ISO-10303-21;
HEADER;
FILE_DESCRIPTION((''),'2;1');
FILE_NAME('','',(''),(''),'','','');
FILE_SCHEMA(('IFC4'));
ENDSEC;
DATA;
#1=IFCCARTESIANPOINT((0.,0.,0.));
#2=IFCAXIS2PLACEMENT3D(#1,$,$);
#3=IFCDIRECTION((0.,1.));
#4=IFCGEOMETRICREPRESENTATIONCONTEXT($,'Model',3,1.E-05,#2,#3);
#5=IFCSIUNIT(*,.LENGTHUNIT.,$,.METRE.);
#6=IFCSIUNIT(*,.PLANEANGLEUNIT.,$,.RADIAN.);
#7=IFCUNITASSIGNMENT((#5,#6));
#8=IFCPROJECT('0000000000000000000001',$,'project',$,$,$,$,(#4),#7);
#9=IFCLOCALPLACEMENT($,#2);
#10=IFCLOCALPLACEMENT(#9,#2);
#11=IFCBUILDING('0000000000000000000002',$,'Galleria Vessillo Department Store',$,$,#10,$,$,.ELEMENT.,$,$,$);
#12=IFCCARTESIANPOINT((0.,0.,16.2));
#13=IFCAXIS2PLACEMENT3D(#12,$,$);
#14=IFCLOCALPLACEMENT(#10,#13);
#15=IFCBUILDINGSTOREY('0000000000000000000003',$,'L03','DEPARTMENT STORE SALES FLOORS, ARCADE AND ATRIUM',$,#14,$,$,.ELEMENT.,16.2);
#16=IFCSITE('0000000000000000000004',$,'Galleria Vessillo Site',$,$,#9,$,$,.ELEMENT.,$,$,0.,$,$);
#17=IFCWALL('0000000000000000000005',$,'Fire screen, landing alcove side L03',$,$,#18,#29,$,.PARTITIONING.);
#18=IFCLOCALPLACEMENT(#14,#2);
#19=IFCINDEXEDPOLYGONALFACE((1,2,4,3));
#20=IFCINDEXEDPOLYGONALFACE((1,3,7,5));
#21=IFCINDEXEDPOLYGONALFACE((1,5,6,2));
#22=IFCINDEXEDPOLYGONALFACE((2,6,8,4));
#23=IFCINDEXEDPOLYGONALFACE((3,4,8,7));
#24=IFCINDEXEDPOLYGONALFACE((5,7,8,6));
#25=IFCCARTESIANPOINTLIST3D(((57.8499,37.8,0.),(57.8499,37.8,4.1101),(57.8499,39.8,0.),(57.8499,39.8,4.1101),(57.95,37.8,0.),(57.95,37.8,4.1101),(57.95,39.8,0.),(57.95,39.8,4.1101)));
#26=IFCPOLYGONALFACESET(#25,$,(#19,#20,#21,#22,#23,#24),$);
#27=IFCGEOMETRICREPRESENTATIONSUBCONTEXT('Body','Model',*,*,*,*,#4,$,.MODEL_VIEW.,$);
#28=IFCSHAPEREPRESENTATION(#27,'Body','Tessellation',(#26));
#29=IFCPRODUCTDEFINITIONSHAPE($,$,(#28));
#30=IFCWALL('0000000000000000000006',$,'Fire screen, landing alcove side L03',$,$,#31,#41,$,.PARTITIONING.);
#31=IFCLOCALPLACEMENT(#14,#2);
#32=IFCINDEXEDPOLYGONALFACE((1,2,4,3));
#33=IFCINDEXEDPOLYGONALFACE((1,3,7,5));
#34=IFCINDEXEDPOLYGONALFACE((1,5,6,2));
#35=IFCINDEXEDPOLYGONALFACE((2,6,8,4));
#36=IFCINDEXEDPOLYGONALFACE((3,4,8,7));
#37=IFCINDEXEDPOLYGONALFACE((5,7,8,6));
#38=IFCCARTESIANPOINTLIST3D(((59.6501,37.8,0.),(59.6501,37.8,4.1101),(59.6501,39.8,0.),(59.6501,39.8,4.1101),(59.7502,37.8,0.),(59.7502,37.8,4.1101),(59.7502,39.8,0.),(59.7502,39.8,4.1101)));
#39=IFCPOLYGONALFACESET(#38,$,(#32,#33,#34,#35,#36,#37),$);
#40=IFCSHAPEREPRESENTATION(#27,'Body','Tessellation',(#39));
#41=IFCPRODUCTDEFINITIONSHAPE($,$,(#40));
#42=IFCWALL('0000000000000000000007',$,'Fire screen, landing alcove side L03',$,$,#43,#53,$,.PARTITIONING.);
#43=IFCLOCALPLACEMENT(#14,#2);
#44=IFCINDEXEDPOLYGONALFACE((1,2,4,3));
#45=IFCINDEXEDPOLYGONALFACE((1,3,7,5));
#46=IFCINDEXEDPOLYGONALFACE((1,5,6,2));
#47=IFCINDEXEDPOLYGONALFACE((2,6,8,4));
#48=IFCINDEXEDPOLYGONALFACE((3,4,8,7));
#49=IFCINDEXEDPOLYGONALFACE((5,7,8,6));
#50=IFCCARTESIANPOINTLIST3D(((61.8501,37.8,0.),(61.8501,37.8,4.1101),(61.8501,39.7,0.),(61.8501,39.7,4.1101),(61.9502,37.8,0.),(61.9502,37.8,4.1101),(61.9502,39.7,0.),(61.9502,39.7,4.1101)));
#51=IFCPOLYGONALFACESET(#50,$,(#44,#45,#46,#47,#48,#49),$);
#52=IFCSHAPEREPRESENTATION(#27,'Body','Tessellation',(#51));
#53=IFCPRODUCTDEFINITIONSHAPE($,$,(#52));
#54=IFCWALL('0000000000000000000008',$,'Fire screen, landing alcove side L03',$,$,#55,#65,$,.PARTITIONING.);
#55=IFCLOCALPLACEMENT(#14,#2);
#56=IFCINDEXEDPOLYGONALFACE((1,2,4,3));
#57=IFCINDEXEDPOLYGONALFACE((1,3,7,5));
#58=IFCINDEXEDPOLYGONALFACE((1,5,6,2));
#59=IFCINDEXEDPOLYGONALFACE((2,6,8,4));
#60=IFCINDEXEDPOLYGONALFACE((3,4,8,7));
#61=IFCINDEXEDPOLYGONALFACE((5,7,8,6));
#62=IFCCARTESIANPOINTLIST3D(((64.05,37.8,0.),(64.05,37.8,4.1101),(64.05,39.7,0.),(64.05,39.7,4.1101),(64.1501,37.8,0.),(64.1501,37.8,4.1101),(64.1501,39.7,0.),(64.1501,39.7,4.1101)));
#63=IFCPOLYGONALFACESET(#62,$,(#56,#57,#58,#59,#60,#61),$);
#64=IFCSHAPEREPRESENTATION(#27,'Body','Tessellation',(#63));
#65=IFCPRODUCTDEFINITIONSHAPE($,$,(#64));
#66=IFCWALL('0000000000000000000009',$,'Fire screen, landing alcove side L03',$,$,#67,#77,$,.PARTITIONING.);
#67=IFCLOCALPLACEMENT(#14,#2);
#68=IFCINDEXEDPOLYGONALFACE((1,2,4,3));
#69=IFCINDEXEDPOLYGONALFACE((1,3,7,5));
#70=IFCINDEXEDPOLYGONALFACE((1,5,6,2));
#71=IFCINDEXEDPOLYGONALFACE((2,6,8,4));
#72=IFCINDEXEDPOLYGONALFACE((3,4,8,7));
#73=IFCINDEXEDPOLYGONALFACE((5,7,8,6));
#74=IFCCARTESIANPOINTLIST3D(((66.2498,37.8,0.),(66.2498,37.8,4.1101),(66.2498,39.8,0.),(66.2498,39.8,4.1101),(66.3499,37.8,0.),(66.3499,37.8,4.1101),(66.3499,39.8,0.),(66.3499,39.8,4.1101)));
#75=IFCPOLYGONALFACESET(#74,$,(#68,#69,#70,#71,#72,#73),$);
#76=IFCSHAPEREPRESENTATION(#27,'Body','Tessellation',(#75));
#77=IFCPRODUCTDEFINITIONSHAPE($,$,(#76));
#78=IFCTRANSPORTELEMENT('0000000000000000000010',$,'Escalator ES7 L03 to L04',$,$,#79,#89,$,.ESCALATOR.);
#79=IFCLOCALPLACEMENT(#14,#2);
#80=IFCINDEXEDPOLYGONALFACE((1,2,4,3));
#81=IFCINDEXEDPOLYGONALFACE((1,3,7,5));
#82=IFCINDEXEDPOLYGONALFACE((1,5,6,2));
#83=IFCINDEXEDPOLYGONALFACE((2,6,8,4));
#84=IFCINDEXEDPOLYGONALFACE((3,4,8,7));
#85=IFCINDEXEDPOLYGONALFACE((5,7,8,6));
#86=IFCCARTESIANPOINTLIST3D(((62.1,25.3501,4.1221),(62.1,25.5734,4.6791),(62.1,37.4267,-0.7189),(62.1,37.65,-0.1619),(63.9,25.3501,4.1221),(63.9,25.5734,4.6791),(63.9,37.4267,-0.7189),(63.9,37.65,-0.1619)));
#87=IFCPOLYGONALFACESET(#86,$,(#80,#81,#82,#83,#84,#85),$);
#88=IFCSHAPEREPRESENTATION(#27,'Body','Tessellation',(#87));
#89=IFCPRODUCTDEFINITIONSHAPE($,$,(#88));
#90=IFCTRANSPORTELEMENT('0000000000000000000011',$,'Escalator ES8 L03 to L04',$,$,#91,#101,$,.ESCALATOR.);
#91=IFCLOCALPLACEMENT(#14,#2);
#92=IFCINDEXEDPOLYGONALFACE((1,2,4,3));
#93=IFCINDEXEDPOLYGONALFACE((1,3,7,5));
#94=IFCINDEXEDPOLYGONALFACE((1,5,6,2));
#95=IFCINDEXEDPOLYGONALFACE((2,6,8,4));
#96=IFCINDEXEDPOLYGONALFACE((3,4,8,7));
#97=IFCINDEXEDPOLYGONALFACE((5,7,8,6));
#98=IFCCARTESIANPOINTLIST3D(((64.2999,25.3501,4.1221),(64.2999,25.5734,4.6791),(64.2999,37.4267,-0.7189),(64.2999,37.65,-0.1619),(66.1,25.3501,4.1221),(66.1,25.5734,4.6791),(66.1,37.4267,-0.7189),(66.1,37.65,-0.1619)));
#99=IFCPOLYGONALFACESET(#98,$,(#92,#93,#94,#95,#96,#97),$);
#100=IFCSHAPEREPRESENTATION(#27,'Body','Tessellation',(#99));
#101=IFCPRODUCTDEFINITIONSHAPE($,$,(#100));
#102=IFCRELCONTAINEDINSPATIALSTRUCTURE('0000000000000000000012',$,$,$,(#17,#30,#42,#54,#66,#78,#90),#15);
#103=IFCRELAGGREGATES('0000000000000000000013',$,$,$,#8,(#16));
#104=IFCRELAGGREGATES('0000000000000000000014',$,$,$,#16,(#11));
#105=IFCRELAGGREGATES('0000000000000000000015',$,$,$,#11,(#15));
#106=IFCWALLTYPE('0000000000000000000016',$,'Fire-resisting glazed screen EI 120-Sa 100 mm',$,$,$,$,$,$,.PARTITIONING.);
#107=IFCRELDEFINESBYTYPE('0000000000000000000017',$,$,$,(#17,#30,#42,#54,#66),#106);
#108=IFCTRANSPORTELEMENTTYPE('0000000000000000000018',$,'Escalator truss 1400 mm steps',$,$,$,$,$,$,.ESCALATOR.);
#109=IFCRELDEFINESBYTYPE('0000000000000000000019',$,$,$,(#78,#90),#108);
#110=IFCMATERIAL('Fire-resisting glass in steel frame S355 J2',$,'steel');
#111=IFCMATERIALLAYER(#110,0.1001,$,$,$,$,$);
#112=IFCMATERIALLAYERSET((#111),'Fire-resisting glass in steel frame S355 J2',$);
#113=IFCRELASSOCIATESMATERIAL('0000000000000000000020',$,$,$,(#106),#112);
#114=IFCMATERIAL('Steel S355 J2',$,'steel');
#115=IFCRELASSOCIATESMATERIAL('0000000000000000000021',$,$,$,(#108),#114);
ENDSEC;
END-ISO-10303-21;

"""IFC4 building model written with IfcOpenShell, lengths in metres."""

from ifc_helpers import new_model, si_unit, direction, frame, frame_2d, origin, origin_2d, place, context, subcontext, project, spatial, rectangle, extrude, material, layer, layer_set, material_profile, profile_set, type_object, element, save


model = new_model("IFC4")

# Units and contexts
model_context = context("Model", 3, precision=1e-05, world=origin(), true_north=direction((0.0, 1.0)))
body_context = subcontext(model_context, "Body", "Model", "MODEL_VIEW")
ifc_project = project(units=[si_unit("LENGTHUNIT", "METRE"), si_unit("PLANEANGLEUNIT", "RADIAN")], contexts=[model_context])

# Site, building, storey
site_placement = place(None, origin())
site = spatial("IfcSite", under=ifc_project, at=site_placement, Name="Galleria Vessillo Site", CompositionType="ELEMENT", RefElevation=0.0)
building_placement = place(site_placement, origin())
building = spatial("IfcBuilding", under=site, at=building_placement, Name="Galleria Vessillo Department Store", CompositionType="ELEMENT")
storey_placement = place(building_placement, frame((0.0, 0.0, 16.2)))
storey = spatial("IfcBuildingStorey", under=building, at=storey_placement, Name="L03", Description="DEPARTMENT STORE SALES FLOORS, ARCADE AND ATRIUM", CompositionType="ELEMENT", Elevation=16.2)

# Walls
ifc_material_1 = material(Name="Fire-resisting glass in steel frame S355 J2", Category="steel")
ifc_layer = layer(ifc_material_1, 0.1001)
ifc_layer_set = layer_set([ifc_layer], Name="Fire-resisting glass in steel frame S355 J2")
wall_type = type_object("IfcWallType", Name="Fire-resisting glazed screen EI 120-Sa 100 mm", PredefinedType="PARTITIONING", material=ifc_layer_set)
for number, where, z_axis, x_axis, name in (
    (1, (57.8999, 37.8, 0.0), (0.0, 0.0, 1.0), (0.0, 1.0, 0.0), "Fire screen, landing alcove side L03"),
    (2, (59.7002, 37.8, 0.0), (0.0, 0.0, 1.0), (0.0, 1.0, 0.0), "Fire screen, landing alcove side L03"),
):
    element("IfcWall", number, at=place(storey_placement, frame(where, z_axis=z_axis, x_axis=x_axis)), inside=storey, type_object=wall_type, Name=name, PredefinedType="PARTITIONING", context=body_context, shape_type="SweptSolid", body=[
        extrude(rectangle(XDim=2.0, YDim=0.1001, at=frame_2d((1.0, 0.0))), origin(), (0.0, 0.0, 1.0), 4.1101),
    ])
for number, where, z_axis, x_axis, name in (
    (3, (61.9001, 37.8, 0.0), (0.0, 0.0, 1.0), (0.0, 1.0, 0.0), "Fire screen, landing alcove side L03"),
    (4, (64.1001, 37.8, 0.0), (0.0, 0.0, 1.0), (0.0, 1.0, 0.0), "Fire screen, landing alcove side L03"),
):
    element("IfcWall", number, at=place(storey_placement, frame(where, z_axis=z_axis, x_axis=x_axis)), inside=storey, type_object=wall_type, Name=name, PredefinedType="PARTITIONING", context=body_context, shape_type="SweptSolid", body=[
        extrude(rectangle(XDim=1.8999, YDim=0.1001, at=frame_2d((0.95, 0.0))), origin(), (0.0, 0.0, 1.0), 4.1101),
    ])
wall_1_placement = place(storey_placement, frame((66.2998, 37.8, 0.0), z_axis=(0.0, 0.0, 1.0), x_axis=(0.0, 1.0, 0.0)))
element("IfcWall", 5, at=wall_1_placement, inside=storey, type_object=wall_type, Name="Fire screen, landing alcove side L03", PredefinedType="PARTITIONING", context=body_context, shape_type="SweptSolid", body=[
    extrude(rectangle(XDim=2.0, YDim=0.1001, at=frame_2d((1.0, 0.0))), origin(), (0.0, 0.0, 1.0), 4.1101),
])

# Transport elements
ifc_material_2 = material(Name="Steel S355 J2", Category="steel")
ifc_material_profile_1 = material_profile(ifc_material_2, rectangle(XDim=1.8, YDim=0.6001, at=origin_2d()), Name="Escalator truss 1800 x 600")
ifc_profile_set_1 = profile_set([ifc_material_profile_1], Name="Steel S355 J2")
transport_element_type = type_object("IfcTransportElementType", Name="Escalator truss 1400 mm steps", PredefinedType="ESCALATOR", material=ifc_profile_set_1)
for number, where, z_axis, x_axis, name in (
    (6, (63.0, 37.5383, -0.4404), (0.0, -0.928201, 0.37208), (1.0, 0.0, 0.0), "Escalator ES7 L03 to L04"),
    (7, (65.2, 37.5383, -0.4404), (0.0, -0.928201, 0.37208), (1.0, 0.0, 0.0), "Escalator ES8 L03 to L04"),
):
    element("IfcTransportElement", number, at=place(storey_placement, frame(where, z_axis=z_axis, x_axis=x_axis)), inside=storey, type_object=transport_element_type, Name=name, PredefinedType="ESCALATOR", context=body_context, shape_type="SweptSolid", body=[
        extrude(rectangle(XDim=1.8, YDim=0.6001, at=origin_2d()), origin(), (0.0, 0.0, 1.0), 13.0107),
    ])

save(model, "model.ifc")
